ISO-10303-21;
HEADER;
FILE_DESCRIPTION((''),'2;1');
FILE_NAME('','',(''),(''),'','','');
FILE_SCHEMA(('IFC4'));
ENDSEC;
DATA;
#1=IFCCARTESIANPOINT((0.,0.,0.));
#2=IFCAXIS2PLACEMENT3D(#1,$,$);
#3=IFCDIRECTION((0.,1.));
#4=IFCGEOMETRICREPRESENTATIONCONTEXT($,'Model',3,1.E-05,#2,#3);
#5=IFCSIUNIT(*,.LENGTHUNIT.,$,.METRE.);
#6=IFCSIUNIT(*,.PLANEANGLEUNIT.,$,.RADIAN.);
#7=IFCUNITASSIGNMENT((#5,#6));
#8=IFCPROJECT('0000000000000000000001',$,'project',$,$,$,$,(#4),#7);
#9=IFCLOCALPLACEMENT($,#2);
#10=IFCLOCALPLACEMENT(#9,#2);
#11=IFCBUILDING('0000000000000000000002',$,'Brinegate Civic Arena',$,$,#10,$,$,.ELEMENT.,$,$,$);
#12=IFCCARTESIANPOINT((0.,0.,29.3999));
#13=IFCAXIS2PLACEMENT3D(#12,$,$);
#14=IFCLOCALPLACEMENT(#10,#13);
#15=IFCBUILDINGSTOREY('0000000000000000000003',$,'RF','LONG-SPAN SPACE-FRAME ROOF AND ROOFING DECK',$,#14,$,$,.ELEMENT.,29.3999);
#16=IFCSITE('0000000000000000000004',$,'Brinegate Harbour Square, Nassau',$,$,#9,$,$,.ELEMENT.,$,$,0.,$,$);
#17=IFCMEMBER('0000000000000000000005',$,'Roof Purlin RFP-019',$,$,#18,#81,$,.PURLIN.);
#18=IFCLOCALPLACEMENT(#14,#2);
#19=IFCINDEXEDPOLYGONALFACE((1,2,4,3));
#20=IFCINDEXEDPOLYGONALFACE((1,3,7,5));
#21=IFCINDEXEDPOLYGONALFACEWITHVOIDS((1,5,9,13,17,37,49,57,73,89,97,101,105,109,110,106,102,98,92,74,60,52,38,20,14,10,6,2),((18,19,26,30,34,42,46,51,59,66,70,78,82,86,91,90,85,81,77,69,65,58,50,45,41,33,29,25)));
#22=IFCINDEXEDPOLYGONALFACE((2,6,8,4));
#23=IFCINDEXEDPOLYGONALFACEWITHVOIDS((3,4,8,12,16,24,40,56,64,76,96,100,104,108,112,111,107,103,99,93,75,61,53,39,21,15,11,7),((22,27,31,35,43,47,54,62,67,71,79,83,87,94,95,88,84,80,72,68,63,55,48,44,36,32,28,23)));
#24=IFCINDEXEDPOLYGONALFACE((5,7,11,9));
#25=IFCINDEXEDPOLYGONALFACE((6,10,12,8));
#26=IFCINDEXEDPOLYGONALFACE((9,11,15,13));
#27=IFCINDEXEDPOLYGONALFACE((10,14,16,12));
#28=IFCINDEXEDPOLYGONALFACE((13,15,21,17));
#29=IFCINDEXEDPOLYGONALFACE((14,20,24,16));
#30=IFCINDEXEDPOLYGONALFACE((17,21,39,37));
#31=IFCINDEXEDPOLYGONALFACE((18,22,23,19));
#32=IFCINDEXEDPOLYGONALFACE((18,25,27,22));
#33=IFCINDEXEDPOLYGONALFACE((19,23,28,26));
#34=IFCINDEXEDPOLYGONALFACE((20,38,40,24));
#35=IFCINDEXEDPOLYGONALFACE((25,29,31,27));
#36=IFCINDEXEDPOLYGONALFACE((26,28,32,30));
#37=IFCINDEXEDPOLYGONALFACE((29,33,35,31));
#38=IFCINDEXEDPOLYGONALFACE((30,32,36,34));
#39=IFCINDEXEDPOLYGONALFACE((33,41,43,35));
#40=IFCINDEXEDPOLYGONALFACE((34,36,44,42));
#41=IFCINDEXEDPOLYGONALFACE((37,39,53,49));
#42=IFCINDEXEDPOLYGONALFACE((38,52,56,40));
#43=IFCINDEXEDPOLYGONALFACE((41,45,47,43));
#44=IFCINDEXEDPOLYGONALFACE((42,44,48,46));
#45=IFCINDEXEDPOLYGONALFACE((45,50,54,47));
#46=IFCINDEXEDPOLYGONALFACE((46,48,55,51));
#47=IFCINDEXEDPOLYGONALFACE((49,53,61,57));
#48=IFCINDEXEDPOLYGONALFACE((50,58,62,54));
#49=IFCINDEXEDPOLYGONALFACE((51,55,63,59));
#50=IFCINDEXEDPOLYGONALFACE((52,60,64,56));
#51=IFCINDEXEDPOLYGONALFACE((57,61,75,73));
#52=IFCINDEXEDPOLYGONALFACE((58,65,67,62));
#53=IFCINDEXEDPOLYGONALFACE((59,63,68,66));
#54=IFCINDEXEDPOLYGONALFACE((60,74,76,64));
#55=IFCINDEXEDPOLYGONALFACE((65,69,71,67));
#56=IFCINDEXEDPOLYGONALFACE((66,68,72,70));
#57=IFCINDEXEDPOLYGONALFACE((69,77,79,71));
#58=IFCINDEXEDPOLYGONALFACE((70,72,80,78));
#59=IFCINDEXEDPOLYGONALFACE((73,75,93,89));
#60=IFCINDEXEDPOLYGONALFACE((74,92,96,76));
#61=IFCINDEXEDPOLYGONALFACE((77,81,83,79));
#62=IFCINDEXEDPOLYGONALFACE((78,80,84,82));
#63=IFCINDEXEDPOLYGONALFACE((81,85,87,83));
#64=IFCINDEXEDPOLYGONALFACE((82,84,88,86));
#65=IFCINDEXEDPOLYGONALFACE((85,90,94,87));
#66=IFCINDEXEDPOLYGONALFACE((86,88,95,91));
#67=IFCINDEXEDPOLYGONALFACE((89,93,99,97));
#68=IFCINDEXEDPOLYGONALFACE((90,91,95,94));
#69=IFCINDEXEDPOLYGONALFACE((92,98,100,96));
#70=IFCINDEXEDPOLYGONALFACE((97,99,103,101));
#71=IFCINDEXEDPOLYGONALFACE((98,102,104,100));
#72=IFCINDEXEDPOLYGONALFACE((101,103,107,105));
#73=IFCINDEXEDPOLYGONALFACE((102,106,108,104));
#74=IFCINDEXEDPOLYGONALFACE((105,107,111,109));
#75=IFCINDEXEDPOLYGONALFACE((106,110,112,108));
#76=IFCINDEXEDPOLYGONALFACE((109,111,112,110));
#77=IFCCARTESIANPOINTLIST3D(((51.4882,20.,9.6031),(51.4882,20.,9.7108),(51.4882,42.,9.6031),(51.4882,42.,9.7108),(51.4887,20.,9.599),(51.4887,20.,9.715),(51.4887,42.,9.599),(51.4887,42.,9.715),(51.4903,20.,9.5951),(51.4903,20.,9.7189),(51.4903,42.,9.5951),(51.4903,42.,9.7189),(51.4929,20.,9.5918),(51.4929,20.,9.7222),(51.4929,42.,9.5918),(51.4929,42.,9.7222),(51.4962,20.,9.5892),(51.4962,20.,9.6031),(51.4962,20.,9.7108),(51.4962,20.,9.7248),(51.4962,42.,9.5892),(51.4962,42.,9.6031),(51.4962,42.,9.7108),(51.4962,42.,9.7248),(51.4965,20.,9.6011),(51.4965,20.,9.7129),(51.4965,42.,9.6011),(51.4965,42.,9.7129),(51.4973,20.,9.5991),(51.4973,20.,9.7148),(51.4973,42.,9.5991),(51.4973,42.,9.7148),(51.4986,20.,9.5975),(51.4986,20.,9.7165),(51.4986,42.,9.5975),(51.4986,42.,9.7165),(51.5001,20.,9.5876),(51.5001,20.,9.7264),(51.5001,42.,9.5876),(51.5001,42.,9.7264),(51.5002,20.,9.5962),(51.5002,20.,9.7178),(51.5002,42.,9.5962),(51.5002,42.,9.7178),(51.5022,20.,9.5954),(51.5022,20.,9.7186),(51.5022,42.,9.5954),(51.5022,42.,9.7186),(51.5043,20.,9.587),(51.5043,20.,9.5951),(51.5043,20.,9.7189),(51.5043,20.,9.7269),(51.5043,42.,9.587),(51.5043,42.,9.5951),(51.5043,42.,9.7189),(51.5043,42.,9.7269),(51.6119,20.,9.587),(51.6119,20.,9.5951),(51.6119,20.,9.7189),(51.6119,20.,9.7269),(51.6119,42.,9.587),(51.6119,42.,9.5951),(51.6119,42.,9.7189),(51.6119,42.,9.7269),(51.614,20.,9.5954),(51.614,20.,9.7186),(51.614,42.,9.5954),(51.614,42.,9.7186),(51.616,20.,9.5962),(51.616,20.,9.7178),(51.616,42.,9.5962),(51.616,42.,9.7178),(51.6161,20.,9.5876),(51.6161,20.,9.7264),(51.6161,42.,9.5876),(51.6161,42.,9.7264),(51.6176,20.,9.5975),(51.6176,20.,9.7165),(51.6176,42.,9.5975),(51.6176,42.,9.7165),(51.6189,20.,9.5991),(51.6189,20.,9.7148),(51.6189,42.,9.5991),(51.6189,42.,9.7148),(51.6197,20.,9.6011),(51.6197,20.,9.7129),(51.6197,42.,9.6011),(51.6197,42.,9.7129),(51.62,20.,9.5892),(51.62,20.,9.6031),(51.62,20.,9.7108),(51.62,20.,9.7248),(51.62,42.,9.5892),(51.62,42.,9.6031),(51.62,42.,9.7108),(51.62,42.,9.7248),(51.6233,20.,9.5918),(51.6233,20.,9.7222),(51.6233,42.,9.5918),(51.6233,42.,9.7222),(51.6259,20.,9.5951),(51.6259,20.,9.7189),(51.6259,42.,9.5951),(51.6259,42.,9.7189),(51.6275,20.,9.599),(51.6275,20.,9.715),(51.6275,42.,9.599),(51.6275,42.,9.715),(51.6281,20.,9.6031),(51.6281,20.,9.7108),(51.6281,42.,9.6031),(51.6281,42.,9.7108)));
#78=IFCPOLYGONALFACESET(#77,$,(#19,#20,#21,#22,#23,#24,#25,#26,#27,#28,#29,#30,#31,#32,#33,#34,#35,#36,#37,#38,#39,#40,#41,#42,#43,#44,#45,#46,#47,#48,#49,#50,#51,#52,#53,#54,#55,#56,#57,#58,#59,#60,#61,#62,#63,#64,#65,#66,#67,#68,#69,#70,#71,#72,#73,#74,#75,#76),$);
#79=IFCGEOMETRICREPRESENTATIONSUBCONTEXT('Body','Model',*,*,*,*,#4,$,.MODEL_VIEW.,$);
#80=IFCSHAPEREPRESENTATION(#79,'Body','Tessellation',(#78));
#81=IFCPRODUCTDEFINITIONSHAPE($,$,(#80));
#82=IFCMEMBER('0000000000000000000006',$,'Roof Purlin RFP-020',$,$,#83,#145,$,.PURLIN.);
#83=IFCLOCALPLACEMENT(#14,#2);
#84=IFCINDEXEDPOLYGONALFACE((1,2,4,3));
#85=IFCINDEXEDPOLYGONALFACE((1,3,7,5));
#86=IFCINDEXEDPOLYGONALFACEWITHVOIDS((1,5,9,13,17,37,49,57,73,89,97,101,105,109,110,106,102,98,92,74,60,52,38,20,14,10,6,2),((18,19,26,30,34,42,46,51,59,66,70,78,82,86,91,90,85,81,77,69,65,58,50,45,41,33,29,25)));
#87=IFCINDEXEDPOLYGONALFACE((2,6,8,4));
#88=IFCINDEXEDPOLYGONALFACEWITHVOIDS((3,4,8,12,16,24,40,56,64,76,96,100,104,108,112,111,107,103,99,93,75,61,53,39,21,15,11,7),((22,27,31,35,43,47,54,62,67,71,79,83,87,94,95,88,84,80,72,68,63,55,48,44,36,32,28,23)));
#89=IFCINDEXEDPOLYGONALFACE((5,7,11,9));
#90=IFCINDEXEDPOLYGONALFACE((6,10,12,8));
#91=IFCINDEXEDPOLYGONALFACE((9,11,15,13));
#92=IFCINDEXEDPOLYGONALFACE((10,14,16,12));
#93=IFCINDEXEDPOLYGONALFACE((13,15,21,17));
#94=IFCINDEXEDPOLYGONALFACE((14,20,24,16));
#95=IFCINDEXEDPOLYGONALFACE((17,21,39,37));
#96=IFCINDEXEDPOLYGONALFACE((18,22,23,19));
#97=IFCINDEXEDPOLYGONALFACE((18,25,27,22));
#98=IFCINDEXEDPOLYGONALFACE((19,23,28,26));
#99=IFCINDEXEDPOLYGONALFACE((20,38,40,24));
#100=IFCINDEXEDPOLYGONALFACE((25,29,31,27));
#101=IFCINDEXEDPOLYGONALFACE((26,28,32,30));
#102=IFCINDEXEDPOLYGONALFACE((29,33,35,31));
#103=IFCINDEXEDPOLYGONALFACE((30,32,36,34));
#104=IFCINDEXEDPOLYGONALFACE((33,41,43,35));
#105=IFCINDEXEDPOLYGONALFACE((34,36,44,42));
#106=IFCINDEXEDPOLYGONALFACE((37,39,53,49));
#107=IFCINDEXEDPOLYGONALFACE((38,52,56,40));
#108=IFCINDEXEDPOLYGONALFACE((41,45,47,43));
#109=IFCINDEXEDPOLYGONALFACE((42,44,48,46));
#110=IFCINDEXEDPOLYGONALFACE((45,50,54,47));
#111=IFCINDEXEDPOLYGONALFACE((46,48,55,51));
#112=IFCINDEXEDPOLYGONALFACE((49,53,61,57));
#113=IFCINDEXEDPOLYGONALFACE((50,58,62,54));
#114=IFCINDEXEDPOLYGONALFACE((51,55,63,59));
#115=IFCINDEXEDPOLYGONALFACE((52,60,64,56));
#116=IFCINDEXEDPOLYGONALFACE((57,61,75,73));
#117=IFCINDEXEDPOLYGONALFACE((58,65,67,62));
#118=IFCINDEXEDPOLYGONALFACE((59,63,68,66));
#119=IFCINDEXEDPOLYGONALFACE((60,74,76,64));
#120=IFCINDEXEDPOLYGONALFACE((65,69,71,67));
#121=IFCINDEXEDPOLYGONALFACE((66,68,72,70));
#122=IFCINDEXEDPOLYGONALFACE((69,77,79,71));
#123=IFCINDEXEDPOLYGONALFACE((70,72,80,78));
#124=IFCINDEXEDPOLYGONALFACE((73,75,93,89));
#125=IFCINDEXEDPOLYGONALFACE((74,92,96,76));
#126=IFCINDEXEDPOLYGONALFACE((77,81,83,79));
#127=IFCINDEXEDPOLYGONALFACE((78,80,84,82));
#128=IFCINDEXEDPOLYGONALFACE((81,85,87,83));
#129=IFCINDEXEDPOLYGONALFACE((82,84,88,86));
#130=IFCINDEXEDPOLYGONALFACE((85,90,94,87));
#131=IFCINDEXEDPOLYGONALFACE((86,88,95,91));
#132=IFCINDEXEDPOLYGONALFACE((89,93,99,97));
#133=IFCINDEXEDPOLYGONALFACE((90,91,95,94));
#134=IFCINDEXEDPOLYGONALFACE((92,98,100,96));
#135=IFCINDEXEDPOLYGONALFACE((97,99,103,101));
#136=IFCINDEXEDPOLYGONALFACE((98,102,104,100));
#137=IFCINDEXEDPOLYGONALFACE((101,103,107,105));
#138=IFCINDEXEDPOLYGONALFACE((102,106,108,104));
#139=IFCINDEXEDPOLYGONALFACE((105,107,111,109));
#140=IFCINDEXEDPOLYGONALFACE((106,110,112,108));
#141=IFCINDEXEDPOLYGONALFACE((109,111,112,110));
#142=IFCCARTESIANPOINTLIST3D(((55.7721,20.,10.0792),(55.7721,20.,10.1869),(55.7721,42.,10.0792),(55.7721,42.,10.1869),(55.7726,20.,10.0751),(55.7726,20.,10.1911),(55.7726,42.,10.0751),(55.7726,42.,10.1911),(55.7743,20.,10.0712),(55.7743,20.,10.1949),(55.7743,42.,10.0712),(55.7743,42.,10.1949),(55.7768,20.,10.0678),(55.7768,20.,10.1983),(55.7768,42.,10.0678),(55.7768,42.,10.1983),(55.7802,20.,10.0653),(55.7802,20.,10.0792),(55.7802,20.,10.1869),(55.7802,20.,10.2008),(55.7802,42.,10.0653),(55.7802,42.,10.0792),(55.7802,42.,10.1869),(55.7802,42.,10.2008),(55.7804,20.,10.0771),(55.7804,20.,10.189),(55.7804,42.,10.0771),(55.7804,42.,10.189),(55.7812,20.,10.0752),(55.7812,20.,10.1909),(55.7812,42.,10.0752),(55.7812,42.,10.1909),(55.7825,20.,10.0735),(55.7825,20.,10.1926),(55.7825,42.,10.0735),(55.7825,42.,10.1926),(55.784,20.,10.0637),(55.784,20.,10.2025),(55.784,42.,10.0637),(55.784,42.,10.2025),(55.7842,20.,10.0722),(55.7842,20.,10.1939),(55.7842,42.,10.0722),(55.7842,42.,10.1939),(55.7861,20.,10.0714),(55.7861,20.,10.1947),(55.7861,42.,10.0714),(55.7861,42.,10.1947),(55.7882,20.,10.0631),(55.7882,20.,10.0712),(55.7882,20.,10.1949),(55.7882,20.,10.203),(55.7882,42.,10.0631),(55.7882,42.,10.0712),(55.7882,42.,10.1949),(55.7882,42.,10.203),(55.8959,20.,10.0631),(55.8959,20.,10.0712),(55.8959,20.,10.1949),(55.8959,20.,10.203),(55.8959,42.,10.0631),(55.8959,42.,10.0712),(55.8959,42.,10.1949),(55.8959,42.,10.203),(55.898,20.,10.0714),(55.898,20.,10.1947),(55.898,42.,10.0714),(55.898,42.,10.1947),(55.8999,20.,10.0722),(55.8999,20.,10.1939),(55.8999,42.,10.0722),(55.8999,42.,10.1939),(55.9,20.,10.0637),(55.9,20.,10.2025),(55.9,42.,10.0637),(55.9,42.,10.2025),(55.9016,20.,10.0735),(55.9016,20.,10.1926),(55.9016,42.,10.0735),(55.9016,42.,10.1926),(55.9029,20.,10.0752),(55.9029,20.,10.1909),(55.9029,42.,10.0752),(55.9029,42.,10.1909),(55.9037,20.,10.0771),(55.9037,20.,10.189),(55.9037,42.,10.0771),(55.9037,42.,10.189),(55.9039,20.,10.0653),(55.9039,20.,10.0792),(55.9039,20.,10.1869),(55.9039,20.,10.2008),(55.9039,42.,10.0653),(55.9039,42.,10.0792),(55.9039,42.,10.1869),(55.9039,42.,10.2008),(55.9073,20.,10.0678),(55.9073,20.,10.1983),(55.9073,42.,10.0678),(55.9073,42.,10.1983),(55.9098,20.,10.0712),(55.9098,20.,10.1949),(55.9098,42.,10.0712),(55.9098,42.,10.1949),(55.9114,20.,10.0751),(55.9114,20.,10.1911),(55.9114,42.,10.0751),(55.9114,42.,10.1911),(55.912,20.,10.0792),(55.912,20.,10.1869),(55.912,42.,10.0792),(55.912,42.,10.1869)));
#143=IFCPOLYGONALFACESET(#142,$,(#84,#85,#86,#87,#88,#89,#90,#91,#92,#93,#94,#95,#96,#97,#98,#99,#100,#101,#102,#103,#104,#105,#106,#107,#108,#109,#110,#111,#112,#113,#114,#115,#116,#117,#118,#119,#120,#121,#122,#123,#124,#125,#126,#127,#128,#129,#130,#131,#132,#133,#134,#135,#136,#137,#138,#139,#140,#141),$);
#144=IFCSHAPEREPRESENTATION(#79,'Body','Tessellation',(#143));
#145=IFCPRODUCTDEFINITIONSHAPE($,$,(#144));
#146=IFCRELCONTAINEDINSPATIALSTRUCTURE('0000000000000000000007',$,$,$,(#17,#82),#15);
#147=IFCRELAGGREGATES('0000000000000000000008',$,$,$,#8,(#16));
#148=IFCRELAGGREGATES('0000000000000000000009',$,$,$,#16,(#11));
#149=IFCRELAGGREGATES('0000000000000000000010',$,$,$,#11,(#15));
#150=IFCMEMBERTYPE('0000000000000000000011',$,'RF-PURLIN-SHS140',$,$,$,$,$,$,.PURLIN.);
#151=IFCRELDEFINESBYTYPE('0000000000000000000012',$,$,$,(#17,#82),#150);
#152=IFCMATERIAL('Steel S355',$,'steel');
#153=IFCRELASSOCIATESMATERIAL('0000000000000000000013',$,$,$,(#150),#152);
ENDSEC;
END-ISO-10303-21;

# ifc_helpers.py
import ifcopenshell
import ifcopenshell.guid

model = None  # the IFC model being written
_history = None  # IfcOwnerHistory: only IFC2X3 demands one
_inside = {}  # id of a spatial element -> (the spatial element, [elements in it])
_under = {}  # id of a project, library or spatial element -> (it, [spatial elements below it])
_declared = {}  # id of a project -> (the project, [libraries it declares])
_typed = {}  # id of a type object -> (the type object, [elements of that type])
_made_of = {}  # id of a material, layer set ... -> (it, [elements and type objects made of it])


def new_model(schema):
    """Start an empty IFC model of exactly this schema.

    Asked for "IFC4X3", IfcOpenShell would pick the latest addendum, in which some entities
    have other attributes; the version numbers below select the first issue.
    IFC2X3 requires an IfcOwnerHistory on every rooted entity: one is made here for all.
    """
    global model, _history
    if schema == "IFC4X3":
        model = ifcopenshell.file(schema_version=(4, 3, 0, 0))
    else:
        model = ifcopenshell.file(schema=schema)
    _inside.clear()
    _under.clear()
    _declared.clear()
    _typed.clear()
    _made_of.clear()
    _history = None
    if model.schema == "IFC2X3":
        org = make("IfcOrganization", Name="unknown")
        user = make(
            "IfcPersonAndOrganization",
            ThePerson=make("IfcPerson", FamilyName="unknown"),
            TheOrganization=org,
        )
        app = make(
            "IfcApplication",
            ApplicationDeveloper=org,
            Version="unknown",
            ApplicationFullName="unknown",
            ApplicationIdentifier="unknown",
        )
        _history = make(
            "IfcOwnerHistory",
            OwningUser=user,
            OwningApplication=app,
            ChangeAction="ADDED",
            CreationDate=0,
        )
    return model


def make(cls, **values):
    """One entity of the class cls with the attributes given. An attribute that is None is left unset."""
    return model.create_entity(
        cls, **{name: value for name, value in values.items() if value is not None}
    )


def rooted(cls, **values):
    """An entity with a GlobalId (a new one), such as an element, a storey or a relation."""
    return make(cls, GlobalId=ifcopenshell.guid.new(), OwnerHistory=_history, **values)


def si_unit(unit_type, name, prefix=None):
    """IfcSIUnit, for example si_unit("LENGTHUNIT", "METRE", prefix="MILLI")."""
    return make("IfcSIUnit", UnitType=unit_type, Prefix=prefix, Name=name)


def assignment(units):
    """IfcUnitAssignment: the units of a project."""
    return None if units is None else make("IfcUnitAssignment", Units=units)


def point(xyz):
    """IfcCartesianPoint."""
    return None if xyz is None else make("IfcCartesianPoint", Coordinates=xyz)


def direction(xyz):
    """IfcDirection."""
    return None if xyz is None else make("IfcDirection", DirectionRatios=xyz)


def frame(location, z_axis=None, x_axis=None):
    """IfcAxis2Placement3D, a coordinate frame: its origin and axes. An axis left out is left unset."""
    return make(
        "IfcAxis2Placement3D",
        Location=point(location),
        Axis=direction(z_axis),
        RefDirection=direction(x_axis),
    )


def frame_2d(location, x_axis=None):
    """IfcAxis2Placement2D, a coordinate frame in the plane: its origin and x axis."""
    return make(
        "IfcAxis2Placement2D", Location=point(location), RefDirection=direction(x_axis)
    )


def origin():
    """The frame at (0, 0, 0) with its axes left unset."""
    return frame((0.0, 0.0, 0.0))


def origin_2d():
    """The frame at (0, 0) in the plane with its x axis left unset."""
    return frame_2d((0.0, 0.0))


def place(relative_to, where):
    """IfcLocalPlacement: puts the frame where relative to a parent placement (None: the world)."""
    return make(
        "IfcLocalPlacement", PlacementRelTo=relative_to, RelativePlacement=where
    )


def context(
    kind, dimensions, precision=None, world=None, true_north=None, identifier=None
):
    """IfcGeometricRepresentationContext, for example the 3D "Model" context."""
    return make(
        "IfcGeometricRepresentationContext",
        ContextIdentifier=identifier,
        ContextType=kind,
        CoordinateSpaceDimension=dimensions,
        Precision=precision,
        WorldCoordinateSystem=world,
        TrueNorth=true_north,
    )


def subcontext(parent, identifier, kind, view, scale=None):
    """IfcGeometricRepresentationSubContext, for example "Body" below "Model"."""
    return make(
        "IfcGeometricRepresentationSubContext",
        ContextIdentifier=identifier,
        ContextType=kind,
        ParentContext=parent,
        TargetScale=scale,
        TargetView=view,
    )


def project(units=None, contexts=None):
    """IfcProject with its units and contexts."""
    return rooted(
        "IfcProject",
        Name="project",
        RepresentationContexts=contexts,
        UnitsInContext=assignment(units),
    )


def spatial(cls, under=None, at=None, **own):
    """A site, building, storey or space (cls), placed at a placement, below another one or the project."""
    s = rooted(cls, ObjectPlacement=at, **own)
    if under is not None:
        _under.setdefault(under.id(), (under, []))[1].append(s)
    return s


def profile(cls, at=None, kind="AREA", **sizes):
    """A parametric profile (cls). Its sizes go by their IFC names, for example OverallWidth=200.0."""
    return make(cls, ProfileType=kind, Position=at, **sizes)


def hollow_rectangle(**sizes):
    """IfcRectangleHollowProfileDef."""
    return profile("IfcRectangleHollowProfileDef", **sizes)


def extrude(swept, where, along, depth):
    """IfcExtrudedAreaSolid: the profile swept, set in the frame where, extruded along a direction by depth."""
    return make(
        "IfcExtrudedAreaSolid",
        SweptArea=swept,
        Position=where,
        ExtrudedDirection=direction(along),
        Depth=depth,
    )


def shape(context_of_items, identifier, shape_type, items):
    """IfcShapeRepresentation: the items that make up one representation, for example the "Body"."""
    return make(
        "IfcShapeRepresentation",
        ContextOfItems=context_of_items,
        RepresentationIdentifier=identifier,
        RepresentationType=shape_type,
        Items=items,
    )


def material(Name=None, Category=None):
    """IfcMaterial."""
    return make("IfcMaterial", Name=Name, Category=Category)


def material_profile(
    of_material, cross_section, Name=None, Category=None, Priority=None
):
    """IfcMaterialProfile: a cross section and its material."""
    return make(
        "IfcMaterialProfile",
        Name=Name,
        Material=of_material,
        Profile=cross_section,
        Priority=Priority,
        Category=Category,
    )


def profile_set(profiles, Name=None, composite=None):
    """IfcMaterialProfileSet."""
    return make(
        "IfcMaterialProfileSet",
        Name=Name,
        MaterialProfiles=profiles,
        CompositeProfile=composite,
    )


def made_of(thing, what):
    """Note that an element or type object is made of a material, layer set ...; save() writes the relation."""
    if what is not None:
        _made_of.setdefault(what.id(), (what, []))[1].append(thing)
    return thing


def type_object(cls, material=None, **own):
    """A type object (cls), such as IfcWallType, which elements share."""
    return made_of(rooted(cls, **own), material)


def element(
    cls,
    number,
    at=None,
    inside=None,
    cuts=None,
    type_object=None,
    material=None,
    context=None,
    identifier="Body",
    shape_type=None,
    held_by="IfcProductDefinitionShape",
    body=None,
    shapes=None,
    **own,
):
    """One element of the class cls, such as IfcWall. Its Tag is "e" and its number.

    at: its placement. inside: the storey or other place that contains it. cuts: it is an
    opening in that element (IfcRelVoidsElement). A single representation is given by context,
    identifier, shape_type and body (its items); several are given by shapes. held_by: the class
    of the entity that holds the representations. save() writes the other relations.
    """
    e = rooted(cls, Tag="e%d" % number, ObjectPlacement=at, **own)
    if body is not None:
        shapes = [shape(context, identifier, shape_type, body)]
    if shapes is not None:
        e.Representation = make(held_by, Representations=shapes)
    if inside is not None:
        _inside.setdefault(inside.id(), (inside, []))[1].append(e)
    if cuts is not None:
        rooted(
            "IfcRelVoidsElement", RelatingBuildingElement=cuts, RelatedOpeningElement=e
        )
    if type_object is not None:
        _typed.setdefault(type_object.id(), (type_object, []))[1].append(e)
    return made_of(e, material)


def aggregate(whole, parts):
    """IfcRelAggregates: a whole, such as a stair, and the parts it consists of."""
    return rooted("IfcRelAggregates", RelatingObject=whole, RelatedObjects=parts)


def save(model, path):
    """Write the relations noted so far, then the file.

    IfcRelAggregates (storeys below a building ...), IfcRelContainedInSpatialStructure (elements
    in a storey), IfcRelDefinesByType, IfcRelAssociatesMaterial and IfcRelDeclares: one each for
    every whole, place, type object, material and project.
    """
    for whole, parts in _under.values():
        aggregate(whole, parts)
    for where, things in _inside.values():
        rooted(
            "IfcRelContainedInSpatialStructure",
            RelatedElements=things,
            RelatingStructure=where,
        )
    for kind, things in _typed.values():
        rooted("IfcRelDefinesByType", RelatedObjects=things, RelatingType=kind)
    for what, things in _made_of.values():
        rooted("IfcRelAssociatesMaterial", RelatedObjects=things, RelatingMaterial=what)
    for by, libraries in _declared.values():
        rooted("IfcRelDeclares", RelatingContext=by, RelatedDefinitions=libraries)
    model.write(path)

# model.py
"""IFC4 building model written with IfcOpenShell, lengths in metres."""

from ifc_helpers import new_model, si_unit, direction, frame, origin, origin_2d, place, context, subcontext, project, spatial, hollow_rectangle, extrude, material, material_profile, profile_set, type_object, element, save


model = new_model("IFC4")

# Units and contexts
model_context = context("Model", 3, precision=1e-05, world=origin(), true_north=direction((0.0, 1.0)))
body_context = subcontext(model_context, "Body", "Model", "MODEL_VIEW")
ifc_project = project(units=[si_unit("LENGTHUNIT", "METRE"), si_unit("PLANEANGLEUNIT", "RADIAN")], contexts=[model_context])

# Site, building, storey
site_placement = place(None, origin())
site = spatial("IfcSite", under=ifc_project, at=site_placement, Name="Brinegate Harbour Square, Nassau", CompositionType="ELEMENT", RefElevation=0.0)
building_placement = place(site_placement, origin())
building = spatial("IfcBuilding", under=site, at=building_placement, Name="Brinegate Civic Arena", CompositionType="ELEMENT")
storey_placement = place(building_placement, frame((0.0, 0.0, 29.3999)))
storey = spatial("IfcBuildingStorey", under=building, at=storey_placement, Name="RF", Description="LONG-SPAN SPACE-FRAME ROOF AND ROOFING DECK", CompositionType="ELEMENT", Elevation=29.3999)

# Shared definitions
ifc_material_1 = material(Name="Steel S355", Category="steel")

# Members
ifc_material_profile_1 = material_profile(ifc_material_1, hollow_rectangle(XDim=0.1399, YDim=0.1399, WallThickness=0.0081, InnerFilletRadius=0.0081, OuterFilletRadius=0.0161, at=origin_2d()), Name="SHS140X8")
ifc_profile_set_1 = profile_set([ifc_material_profile_1], Name="Steel S355")
member_type_1 = type_object("IfcMemberType", Name="RF-PURLIN-SHS140", PredefinedType="PURLIN", material=ifc_profile_set_1)
for number, where, z_axis, x_axis, name in (
    (1, (51.5581, 20.0, 9.657), (0.0, 1.0, 0.0), (-1.0, 0.0, 0.0), "Roof Purlin RFP-019"),
    (2, (55.842, 20.0, 10.1331), (0.0, 1.0, 0.0), (-1.0, 0.0, 0.0), "Roof Purlin RFP-020"),
):
    element("IfcMember", number, at=place(storey_placement, frame(where, z_axis=z_axis, x_axis=x_axis)), inside=storey, type_object=member_type_1, Name=name, PredefinedType="PURLIN", context=body_context, shape_type="SweptSolid", body=[
        extrude(hollow_rectangle(XDim=0.1399, YDim=0.1399, WallThickness=0.0081, InnerFilletRadius=0.0081, OuterFilletRadius=0.0161, at=origin_2d()), origin(), (0.0, 0.0, 1.0), 22.0),
    ])

save(model, "model.ifc")
